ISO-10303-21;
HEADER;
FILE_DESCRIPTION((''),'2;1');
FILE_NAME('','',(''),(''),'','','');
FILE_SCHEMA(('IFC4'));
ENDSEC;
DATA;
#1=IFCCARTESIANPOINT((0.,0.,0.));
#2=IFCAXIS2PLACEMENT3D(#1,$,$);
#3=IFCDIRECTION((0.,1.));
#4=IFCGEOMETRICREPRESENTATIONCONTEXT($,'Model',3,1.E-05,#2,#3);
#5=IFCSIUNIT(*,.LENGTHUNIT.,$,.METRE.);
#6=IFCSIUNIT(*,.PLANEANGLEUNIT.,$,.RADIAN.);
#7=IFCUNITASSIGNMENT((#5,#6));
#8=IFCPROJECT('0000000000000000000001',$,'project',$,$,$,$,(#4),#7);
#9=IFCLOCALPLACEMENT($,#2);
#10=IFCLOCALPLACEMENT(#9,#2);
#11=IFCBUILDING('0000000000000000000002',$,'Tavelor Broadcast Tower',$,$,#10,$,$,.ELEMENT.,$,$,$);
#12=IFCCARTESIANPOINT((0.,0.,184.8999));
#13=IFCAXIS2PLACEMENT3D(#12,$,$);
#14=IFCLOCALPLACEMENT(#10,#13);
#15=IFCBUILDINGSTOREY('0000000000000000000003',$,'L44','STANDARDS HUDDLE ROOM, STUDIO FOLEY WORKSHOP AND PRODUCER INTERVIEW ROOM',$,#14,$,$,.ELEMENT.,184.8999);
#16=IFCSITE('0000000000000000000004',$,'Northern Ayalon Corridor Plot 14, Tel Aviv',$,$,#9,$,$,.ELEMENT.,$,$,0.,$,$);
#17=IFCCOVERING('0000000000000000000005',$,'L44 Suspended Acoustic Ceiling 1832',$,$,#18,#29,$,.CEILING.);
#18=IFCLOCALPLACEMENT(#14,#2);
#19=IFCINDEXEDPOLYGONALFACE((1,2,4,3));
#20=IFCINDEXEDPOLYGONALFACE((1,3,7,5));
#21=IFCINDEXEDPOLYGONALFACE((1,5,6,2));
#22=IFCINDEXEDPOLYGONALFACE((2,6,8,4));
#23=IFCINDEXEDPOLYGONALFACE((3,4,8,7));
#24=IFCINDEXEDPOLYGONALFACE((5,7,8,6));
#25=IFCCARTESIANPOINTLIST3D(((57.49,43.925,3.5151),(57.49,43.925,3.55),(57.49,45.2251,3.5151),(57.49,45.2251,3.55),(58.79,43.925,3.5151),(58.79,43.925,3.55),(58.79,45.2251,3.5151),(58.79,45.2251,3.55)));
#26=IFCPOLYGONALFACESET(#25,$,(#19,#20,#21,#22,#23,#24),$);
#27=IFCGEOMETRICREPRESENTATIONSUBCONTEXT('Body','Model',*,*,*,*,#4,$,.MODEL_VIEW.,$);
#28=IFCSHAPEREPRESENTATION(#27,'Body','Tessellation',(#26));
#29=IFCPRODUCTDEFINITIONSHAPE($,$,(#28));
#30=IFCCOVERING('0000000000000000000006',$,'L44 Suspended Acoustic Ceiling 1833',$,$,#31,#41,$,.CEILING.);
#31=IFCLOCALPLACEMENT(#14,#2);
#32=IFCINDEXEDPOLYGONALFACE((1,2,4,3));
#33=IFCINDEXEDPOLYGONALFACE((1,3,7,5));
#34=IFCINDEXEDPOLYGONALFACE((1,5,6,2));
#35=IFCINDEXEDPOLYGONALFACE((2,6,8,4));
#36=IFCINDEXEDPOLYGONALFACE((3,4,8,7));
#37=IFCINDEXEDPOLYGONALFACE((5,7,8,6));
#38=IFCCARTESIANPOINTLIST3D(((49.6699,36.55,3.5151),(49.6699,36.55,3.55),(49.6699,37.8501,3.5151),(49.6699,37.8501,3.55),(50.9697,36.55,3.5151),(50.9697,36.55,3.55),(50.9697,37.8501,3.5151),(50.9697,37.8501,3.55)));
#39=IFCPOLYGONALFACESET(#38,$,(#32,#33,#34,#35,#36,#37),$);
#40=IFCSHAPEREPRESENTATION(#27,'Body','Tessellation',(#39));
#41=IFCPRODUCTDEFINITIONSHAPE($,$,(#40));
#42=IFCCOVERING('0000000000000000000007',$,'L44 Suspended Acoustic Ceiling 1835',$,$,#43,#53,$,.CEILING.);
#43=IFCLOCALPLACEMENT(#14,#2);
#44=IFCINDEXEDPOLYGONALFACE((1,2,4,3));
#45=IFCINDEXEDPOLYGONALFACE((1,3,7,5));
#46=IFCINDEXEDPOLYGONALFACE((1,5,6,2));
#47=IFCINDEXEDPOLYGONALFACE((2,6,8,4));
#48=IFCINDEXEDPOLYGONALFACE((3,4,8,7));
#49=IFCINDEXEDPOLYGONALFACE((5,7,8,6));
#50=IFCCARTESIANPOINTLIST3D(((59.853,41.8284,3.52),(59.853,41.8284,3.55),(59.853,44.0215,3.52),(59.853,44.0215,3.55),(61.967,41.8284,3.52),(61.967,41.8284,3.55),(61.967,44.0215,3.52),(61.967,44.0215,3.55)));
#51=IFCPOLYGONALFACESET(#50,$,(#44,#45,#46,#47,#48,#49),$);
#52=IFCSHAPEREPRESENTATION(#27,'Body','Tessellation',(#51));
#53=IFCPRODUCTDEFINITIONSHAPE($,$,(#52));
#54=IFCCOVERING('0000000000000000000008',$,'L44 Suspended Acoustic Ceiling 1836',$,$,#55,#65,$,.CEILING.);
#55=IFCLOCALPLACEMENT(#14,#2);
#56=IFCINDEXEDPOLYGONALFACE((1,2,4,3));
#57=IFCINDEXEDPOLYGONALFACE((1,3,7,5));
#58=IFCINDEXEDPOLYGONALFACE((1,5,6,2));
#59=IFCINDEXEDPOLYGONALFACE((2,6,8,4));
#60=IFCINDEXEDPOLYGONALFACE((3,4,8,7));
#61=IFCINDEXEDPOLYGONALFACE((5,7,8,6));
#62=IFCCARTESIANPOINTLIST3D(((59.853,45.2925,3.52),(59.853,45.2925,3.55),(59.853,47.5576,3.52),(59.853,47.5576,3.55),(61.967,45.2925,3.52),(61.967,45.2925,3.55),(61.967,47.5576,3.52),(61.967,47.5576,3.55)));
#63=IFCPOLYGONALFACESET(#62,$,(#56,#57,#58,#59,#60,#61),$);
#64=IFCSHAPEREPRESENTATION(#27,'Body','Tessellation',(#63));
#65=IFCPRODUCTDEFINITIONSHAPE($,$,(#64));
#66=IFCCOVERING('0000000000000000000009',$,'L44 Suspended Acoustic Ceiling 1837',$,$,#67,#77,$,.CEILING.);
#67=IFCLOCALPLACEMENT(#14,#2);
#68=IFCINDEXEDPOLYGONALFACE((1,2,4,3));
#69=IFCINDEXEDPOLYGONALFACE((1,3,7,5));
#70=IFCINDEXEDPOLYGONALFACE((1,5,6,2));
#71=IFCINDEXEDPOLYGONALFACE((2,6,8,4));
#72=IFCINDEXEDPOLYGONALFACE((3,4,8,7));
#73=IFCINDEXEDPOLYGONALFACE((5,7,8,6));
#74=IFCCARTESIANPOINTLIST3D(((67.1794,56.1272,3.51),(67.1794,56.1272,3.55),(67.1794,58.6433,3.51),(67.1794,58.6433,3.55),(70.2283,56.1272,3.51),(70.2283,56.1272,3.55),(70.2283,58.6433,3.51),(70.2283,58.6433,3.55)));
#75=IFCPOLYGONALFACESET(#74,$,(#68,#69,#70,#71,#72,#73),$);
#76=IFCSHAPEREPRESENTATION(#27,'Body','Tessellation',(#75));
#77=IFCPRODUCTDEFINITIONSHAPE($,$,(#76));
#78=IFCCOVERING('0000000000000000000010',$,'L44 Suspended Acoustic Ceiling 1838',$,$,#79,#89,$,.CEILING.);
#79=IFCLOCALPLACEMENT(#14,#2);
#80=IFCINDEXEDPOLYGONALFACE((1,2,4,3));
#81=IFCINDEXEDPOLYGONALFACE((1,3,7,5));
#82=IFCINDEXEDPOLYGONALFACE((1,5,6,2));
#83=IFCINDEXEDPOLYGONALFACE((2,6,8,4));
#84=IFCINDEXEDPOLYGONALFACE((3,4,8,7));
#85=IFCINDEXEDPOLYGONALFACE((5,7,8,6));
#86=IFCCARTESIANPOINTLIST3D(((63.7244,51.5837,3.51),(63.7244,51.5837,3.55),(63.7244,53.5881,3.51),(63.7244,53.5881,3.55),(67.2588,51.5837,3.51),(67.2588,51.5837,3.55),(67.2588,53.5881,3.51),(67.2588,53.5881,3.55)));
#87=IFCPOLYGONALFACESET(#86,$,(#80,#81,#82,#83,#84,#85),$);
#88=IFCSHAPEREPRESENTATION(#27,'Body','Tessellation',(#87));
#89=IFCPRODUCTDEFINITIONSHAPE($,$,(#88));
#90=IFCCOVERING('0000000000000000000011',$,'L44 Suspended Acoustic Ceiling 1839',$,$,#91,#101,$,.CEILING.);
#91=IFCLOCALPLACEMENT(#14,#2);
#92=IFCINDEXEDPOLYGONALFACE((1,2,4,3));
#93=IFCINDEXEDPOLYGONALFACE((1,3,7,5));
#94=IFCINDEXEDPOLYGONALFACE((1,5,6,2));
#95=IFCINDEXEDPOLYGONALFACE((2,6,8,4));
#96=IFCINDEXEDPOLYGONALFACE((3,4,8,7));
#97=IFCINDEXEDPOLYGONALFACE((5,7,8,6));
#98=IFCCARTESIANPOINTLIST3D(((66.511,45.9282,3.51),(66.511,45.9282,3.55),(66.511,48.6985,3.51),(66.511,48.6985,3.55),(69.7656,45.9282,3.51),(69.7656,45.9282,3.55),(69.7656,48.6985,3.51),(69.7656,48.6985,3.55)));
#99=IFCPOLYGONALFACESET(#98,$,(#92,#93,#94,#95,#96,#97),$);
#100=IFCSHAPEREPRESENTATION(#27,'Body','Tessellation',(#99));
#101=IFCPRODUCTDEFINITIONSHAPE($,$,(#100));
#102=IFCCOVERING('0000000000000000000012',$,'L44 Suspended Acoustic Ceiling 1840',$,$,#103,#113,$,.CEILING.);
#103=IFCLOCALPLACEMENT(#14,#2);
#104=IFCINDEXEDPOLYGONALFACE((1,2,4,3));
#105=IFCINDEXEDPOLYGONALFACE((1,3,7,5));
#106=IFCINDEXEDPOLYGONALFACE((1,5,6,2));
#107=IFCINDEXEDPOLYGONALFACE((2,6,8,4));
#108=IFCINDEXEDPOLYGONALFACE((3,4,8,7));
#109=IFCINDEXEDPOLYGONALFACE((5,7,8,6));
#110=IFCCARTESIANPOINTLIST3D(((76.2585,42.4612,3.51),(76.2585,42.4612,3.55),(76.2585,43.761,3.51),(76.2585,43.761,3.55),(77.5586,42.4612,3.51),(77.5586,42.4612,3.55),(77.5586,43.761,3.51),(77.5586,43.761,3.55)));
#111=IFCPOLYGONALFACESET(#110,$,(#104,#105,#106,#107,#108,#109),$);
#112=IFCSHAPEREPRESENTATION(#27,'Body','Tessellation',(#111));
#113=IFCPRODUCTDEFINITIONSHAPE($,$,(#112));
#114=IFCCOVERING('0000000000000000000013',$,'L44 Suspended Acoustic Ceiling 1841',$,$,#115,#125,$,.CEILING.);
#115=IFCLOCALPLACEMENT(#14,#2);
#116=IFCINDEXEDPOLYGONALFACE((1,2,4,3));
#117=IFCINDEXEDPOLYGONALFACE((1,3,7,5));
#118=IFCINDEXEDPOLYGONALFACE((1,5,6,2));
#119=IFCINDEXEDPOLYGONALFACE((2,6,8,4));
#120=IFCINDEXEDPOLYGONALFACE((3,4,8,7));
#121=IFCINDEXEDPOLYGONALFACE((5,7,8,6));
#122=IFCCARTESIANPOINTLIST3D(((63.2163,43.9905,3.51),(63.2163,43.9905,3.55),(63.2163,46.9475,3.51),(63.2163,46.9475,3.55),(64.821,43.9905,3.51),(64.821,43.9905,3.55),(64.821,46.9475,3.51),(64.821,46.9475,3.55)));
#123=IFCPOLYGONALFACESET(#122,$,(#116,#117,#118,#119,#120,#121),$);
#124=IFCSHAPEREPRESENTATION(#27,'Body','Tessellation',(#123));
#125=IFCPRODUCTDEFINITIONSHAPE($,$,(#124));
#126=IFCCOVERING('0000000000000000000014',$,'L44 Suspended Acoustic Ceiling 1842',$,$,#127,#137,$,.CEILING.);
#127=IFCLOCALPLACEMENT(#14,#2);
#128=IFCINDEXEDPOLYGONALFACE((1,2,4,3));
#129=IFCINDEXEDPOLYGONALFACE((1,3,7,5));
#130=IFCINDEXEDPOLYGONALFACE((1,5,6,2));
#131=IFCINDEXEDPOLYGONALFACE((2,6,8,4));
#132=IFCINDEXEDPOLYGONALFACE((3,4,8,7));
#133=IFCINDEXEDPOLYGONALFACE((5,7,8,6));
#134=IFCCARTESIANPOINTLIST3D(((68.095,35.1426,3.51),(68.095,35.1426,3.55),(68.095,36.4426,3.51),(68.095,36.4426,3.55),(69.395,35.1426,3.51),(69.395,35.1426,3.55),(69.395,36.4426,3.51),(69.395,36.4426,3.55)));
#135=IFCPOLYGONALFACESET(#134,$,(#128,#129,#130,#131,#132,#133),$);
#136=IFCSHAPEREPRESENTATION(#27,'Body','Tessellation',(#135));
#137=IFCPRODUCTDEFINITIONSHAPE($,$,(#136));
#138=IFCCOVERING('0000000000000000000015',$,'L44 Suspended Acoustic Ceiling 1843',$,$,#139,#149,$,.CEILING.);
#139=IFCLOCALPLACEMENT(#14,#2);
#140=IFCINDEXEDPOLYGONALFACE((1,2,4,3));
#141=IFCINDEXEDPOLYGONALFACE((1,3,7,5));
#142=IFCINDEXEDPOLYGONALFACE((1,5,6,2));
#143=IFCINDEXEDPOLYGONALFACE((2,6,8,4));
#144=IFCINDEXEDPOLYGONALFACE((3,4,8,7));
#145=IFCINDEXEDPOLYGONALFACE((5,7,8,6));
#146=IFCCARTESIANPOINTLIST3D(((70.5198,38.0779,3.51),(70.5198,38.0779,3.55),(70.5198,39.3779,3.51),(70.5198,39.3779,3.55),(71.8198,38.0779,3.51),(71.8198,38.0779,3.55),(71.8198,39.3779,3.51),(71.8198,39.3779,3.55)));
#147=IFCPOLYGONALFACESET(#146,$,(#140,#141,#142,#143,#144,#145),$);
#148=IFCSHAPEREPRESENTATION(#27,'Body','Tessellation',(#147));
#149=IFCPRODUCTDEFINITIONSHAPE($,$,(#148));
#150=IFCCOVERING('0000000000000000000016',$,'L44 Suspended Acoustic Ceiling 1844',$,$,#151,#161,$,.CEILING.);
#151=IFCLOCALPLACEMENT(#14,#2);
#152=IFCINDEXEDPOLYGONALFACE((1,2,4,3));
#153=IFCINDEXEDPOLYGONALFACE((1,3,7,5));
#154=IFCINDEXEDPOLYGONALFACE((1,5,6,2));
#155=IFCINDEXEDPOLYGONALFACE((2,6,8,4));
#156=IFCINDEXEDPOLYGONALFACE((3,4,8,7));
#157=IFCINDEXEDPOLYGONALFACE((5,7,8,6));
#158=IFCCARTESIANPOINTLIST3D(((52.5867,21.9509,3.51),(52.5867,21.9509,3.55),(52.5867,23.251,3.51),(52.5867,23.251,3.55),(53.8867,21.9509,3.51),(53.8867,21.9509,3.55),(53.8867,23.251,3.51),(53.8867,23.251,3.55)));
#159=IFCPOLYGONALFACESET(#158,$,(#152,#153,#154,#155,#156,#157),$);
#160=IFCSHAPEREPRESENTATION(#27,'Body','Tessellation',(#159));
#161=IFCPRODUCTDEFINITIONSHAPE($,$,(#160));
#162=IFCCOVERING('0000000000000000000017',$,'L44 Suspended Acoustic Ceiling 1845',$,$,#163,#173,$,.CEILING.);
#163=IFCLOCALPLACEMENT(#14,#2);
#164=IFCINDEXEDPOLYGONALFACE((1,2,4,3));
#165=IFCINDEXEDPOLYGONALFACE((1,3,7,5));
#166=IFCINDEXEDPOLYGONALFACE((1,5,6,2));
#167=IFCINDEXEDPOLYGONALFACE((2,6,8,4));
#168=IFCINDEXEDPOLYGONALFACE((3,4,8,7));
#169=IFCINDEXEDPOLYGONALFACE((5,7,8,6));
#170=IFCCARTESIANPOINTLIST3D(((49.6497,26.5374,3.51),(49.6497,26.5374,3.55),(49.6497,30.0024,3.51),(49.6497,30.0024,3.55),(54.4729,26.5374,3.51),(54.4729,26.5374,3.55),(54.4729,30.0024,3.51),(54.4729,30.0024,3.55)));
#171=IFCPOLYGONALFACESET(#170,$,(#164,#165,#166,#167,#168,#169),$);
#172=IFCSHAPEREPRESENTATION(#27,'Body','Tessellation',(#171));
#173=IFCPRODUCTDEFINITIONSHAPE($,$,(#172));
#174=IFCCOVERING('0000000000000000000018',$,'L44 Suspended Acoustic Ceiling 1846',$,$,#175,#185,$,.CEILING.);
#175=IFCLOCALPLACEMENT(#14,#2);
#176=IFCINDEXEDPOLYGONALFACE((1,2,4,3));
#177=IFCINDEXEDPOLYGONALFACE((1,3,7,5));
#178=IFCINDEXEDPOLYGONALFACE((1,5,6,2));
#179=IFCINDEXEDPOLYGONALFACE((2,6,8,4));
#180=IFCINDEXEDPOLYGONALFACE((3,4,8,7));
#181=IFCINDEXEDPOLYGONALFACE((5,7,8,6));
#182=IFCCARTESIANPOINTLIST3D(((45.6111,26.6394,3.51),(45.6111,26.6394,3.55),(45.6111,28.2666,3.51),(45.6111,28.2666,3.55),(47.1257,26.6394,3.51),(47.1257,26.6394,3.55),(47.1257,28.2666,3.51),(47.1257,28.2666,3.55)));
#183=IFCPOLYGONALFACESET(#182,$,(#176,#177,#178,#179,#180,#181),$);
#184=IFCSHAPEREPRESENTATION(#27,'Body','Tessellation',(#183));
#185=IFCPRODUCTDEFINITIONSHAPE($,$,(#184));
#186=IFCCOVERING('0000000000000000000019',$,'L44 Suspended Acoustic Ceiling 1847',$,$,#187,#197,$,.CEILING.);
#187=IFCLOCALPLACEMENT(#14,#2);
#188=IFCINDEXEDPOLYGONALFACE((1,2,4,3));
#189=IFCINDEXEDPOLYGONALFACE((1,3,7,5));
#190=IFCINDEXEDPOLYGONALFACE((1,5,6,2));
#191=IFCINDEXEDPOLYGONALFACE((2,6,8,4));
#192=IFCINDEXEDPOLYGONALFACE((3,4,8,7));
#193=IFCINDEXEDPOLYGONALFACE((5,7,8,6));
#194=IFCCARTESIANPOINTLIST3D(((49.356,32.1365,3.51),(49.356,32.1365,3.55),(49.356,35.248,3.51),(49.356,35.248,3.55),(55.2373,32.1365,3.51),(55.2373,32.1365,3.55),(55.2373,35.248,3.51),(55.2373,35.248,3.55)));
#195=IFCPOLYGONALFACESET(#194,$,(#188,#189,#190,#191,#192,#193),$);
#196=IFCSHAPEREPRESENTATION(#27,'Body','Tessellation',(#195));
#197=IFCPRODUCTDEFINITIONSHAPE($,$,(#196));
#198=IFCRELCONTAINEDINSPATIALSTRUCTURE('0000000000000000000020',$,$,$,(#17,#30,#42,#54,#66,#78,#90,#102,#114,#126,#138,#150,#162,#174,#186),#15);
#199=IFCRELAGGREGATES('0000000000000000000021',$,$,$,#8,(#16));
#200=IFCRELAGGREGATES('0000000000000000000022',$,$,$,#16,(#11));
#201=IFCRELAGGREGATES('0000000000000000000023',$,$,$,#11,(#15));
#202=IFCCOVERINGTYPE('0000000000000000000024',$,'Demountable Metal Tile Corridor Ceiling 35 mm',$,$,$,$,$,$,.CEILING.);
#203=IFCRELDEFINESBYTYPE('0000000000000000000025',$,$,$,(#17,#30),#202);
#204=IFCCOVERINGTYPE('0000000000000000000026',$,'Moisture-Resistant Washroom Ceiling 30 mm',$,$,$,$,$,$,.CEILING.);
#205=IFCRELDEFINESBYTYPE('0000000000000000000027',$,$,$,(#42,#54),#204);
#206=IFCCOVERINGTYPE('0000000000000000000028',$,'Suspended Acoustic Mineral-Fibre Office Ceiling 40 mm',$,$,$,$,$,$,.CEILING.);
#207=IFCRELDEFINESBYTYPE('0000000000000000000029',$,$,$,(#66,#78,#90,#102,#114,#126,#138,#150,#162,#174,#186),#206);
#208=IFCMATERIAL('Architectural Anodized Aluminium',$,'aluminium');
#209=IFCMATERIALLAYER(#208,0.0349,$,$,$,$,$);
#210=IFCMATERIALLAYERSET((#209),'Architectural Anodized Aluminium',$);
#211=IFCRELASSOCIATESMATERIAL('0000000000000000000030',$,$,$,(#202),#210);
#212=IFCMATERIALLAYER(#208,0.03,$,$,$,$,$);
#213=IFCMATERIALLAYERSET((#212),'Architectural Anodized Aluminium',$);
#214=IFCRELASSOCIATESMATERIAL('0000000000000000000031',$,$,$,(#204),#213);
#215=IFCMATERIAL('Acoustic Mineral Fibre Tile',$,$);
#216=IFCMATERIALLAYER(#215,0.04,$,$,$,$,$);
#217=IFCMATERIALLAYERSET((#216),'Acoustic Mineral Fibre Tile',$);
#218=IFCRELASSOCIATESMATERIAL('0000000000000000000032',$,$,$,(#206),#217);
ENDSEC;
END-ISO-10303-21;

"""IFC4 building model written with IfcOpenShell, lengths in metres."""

from ifc_helpers import new_model, si_unit, direction, frame, origin, place, context, subcontext, project, spatial, polyline, outline, extrude, material, layer, layer_set, type_object, element, save


model = new_model("IFC4")

# Units and contexts
model_context = context("Model", 3, precision=1e-05, world=origin(), true_north=direction((0.0, 1.0)))
body_context = subcontext(model_context, "Body", "Model", "MODEL_VIEW")
ifc_project = project(units=[si_unit("LENGTHUNIT", "METRE"), si_unit("PLANEANGLEUNIT", "RADIAN")], contexts=[model_context])

# Site, building, storey
site_placement = place(None, origin())
site = spatial("IfcSite", under=ifc_project, at=site_placement, Name="Northern Ayalon Corridor Plot 14, Tel Aviv", CompositionType="ELEMENT", RefElevation=0.0)
building_placement = place(site_placement, origin())
building = spatial("IfcBuilding", under=site, at=building_placement, Name="Tavelor Broadcast Tower", CompositionType="ELEMENT")
storey_placement = place(building_placement, frame((0.0, 0.0, 184.8999)))
storey = spatial("IfcBuildingStorey", under=building, at=storey_placement, Name="L44", Description="STANDARDS HUDDLE ROOM, STUDIO FOLEY WORKSHOP AND PRODUCER INTERVIEW ROOM", CompositionType="ELEMENT", Elevation=184.8999)

# Coverings
ifc_material_1 = material(Name="Architectural Anodized Aluminium", Category="aluminium")
ifc_layer_1 = layer(ifc_material_1, 0.0349)
ifc_layer_set_1 = layer_set([ifc_layer_1], Name="Architectural Anodized Aluminium")
covering_type_1 = type_object("IfcCoveringType", Name="Demountable Metal Tile Corridor Ceiling 35 mm", PredefinedType="CEILING", material=ifc_layer_set_1)
covering_1_placement = place(storey_placement, frame((0.0, 0.0, 3.5151)))
element("IfcCovering", 1, at=covering_1_placement, inside=storey, type_object=covering_type_1, Name="L44 Suspended Acoustic Ceiling 1832", PredefinedType="CEILING", context=body_context, shape_type="SweptSolid", body=[
    extrude(outline(polyline([(57.49, 43.925), (58.79, 43.925), (58.79, 45.2251), (57.49, 45.2251), (57.49, 43.925)])), origin(), (0.0, 0.0, 1.0), 0.0349),
])
covering_2_placement = place(storey_placement, frame((0.0, 0.0, 3.5151)))
element("IfcCovering", 2, at=covering_2_placement, inside=storey, type_object=covering_type_1, Name="L44 Suspended Acoustic Ceiling 1833", PredefinedType="CEILING", context=body_context, shape_type="SweptSolid", body=[
    extrude(outline(polyline([(49.6699, 36.55), (50.9697, 36.55), (50.9697, 37.8501), (49.6699, 37.8501), (49.6699, 36.55)])), origin(), (0.0, 0.0, 1.0), 0.0349),
])
ifc_layer_2 = layer(ifc_material_1, 0.03)
ifc_layer_set_2 = layer_set([ifc_layer_2], Name="Architectural Anodized Aluminium")
covering_type_2 = type_object("IfcCoveringType", Name="Moisture-Resistant Washroom Ceiling 30 mm", PredefinedType="CEILING", material=ifc_layer_set_2)
covering_3_placement = place(storey_placement, frame((0.0, 0.0, 3.52)))
element("IfcCovering", 3, at=covering_3_placement, inside=storey, type_object=covering_type_2, Name="L44 Suspended Acoustic Ceiling 1835", PredefinedType="CEILING", context=body_context, shape_type="SweptSolid", body=[
    extrude(outline(polyline([(59.853, 41.8284), (61.967, 41.8284), (61.967, 44.0215), (59.853, 44.0215), (59.853, 41.8284)])), origin(), (0.0, 0.0, 1.0), 0.03),
])
covering_4_placement = place(storey_placement, frame((0.0, 0.0, 3.52)))
element("IfcCovering", 4, at=covering_4_placement, inside=storey, type_object=covering_type_2, Name="L44 Suspended Acoustic Ceiling 1836", PredefinedType="CEILING", context=body_context, shape_type="SweptSolid", body=[
    extrude(outline(polyline([(59.853, 45.2925), (61.967, 45.2925), (61.967, 47.5576), (59.853, 47.5576), (59.853, 45.2925)])), origin(), (0.0, 0.0, 1.0), 0.03),
])
ifc_material_2 = material(Name="Acoustic Mineral Fibre Tile")
ifc_layer_3 = layer(ifc_material_2, 0.04)
ifc_layer_set_3 = layer_set([ifc_layer_3], Name="Acoustic Mineral Fibre Tile")
covering_type_3 = type_object("IfcCoveringType", Name="Suspended Acoustic Mineral-Fibre Office Ceiling 40 mm", PredefinedType="CEILING", material=ifc_layer_set_3)
covering_5_placement = place(storey_placement, frame((0.0, 0.0, 3.51)))
element("IfcCovering", 5, at=covering_5_placement, inside=storey, type_object=covering_type_3, Name="L44 Suspended Acoustic Ceiling 1837", PredefinedType="CEILING", context=body_context, shape_type="SweptSolid", body=[
    extrude(outline(polyline([(67.1794, 56.1272), (70.2283, 56.1272), (70.2283, 58.6433), (67.1794, 58.6433), (67.1794, 56.1272)])), origin(), (0.0, 0.0, 1.0), 0.04),
])
covering_6_placement = place(storey_placement, frame((0.0, 0.0, 3.51)))
element("IfcCovering", 6, at=covering_6_placement, inside=storey, type_object=covering_type_3, Name="L44 Suspended Acoustic Ceiling 1838", PredefinedType="CEILING", context=body_context, shape_type="SweptSolid", body=[
    extrude(outline(polyline([(63.7244, 51.5837), (67.2588, 51.5837), (67.2588, 53.5881), (63.7244, 53.5881), (63.7244, 51.5837)])), origin(), (0.0, 0.0, 1.0), 0.04),
])
covering_7_placement = place(storey_placement, frame((0.0, 0.0, 3.51)))
element("IfcCovering", 7, at=covering_7_placement, inside=storey, type_object=covering_type_3, Name="L44 Suspended Acoustic Ceiling 1839", PredefinedType="CEILING", context=body_context, shape_type="SweptSolid", body=[
    extrude(outline(polyline([(66.511, 45.9282), (69.7656, 45.9282), (69.7656, 48.6985), (66.511, 48.6985), (66.511, 45.9282)])), origin(), (0.0, 0.0, 1.0), 0.04),
])
covering_8_placement = place(storey_placement, frame((0.0, 0.0, 3.51)))
element("IfcCovering", 8, at=covering_8_placement, inside=storey, type_object=covering_type_3, Name="L44 Suspended Acoustic Ceiling 1840", PredefinedType="CEILING", context=body_context, shape_type="SweptSolid", body=[
    extrude(outline(polyline([(76.2585, 42.4612), (77.5586, 42.4612), (77.5586, 43.761), (76.2585, 43.761), (76.2585, 42.4612)])), origin(), (0.0, 0.0, 1.0), 0.04),
])
covering_9_placement = place(storey_placement, frame((0.0, 0.0, 3.51)))
element("IfcCovering", 9, at=covering_9_placement, inside=storey, type_object=covering_type_3, Name="L44 Suspended Acoustic Ceiling 1841", PredefinedType="CEILING", context=body_context, shape_type="SweptSolid", body=[
    extrude(outline(polyline([(63.2163, 43.9905), (64.821, 43.9905), (64.821, 46.9475), (63.2163, 46.9475), (63.2163, 43.9905)])), origin(), (0.0, 0.0, 1.0), 0.04),
])
covering_10_placement = place(storey_placement, frame((0.0, 0.0, 3.51)))
element("IfcCovering", 10, at=covering_10_placement, inside=storey, type_object=covering_type_3, Name="L44 Suspended Acoustic Ceiling 1842", PredefinedType="CEILING", context=body_context, shape_type="SweptSolid", body=[
    extrude(outline(polyline([(68.095, 35.1426), (69.395, 35.1426), (69.395, 36.4426), (68.095, 36.4426), (68.095, 35.1426)])), origin(), (0.0, 0.0, 1.0), 0.04),
])
covering_11_placement = place(storey_placement, frame((0.0, 0.0, 3.51)))
element("IfcCovering", 11, at=covering_11_placement, inside=storey, type_object=covering_type_3, Name="L44 Suspended Acoustic Ceiling 1843", PredefinedType="CEILING", context=body_context, shape_type="SweptSolid", body=[
    extrude(outline(polyline([(70.5198, 38.0779), (71.8198, 38.0779), (71.8198, 39.3779), (70.5198, 39.3779), (70.5198, 38.0779)])), origin(), (0.0, 0.0, 1.0), 0.04),
])
covering_12_placement = place(storey_placement, frame((0.0, 0.0, 3.51)))
element("IfcCovering", 12, at=covering_12_placement, inside=storey, type_object=covering_type_3, Name="L44 Suspended Acoustic Ceiling 1844", PredefinedType="CEILING", context=body_context, shape_type="SweptSolid", body=[
    extrude(outline(polyline([(52.5867, 21.9509), (53.8867, 21.9509), (53.8867, 23.251), (52.5867, 23.251), (52.5867, 21.9509)])), origin(), (0.0, 0.0, 1.0), 0.04),
])
covering_13_placement = place(storey_placement, frame((0.0, 0.0, 3.51)))
element("IfcCovering", 13, at=covering_13_placement, inside=storey, type_object=covering_type_3, Name="L44 Suspended Acoustic Ceiling 1845", PredefinedType="CEILING", context=body_context, shape_type="SweptSolid", body=[
    extrude(outline(polyline([(49.6497, 26.5374), (54.4729, 26.5374), (54.4729, 30.0024), (49.6497, 30.0024), (49.6497, 26.5374)])), origin(), (0.0, 0.0, 1.0), 0.04),
])
covering_14_placement = place(storey_placement, frame((0.0, 0.0, 3.51)))
element("IfcCovering", 14, at=covering_14_placement, inside=storey, type_object=covering_type_3, Name="L44 Suspended Acoustic Ceiling 1846", PredefinedType="CEILING", context=body_context, shape_type="SweptSolid", body=[
    extrude(outline(polyline([(45.6111, 26.6394), (47.1257, 26.6394), (47.1257, 28.2666), (45.6111, 28.2666), (45.6111, 26.6394)])), origin(), (0.0, 0.0, 1.0), 0.04),
])
covering_15_placement = place(storey_placement, frame((0.0, 0.0, 3.51)))
element("IfcCovering", 15, at=covering_15_placement, inside=storey, type_object=covering_type_3, Name="L44 Suspended Acoustic Ceiling 1847", PredefinedType="CEILING", context=body_context, shape_type="SweptSolid", body=[
    extrude(outline(polyline([(49.356, 32.1365), (55.2373, 32.1365), (55.2373, 35.248), (49.356, 35.248), (49.356, 32.1365)])), origin(), (0.0, 0.0, 1.0), 0.04),
])

save(model, "model.ifc")
